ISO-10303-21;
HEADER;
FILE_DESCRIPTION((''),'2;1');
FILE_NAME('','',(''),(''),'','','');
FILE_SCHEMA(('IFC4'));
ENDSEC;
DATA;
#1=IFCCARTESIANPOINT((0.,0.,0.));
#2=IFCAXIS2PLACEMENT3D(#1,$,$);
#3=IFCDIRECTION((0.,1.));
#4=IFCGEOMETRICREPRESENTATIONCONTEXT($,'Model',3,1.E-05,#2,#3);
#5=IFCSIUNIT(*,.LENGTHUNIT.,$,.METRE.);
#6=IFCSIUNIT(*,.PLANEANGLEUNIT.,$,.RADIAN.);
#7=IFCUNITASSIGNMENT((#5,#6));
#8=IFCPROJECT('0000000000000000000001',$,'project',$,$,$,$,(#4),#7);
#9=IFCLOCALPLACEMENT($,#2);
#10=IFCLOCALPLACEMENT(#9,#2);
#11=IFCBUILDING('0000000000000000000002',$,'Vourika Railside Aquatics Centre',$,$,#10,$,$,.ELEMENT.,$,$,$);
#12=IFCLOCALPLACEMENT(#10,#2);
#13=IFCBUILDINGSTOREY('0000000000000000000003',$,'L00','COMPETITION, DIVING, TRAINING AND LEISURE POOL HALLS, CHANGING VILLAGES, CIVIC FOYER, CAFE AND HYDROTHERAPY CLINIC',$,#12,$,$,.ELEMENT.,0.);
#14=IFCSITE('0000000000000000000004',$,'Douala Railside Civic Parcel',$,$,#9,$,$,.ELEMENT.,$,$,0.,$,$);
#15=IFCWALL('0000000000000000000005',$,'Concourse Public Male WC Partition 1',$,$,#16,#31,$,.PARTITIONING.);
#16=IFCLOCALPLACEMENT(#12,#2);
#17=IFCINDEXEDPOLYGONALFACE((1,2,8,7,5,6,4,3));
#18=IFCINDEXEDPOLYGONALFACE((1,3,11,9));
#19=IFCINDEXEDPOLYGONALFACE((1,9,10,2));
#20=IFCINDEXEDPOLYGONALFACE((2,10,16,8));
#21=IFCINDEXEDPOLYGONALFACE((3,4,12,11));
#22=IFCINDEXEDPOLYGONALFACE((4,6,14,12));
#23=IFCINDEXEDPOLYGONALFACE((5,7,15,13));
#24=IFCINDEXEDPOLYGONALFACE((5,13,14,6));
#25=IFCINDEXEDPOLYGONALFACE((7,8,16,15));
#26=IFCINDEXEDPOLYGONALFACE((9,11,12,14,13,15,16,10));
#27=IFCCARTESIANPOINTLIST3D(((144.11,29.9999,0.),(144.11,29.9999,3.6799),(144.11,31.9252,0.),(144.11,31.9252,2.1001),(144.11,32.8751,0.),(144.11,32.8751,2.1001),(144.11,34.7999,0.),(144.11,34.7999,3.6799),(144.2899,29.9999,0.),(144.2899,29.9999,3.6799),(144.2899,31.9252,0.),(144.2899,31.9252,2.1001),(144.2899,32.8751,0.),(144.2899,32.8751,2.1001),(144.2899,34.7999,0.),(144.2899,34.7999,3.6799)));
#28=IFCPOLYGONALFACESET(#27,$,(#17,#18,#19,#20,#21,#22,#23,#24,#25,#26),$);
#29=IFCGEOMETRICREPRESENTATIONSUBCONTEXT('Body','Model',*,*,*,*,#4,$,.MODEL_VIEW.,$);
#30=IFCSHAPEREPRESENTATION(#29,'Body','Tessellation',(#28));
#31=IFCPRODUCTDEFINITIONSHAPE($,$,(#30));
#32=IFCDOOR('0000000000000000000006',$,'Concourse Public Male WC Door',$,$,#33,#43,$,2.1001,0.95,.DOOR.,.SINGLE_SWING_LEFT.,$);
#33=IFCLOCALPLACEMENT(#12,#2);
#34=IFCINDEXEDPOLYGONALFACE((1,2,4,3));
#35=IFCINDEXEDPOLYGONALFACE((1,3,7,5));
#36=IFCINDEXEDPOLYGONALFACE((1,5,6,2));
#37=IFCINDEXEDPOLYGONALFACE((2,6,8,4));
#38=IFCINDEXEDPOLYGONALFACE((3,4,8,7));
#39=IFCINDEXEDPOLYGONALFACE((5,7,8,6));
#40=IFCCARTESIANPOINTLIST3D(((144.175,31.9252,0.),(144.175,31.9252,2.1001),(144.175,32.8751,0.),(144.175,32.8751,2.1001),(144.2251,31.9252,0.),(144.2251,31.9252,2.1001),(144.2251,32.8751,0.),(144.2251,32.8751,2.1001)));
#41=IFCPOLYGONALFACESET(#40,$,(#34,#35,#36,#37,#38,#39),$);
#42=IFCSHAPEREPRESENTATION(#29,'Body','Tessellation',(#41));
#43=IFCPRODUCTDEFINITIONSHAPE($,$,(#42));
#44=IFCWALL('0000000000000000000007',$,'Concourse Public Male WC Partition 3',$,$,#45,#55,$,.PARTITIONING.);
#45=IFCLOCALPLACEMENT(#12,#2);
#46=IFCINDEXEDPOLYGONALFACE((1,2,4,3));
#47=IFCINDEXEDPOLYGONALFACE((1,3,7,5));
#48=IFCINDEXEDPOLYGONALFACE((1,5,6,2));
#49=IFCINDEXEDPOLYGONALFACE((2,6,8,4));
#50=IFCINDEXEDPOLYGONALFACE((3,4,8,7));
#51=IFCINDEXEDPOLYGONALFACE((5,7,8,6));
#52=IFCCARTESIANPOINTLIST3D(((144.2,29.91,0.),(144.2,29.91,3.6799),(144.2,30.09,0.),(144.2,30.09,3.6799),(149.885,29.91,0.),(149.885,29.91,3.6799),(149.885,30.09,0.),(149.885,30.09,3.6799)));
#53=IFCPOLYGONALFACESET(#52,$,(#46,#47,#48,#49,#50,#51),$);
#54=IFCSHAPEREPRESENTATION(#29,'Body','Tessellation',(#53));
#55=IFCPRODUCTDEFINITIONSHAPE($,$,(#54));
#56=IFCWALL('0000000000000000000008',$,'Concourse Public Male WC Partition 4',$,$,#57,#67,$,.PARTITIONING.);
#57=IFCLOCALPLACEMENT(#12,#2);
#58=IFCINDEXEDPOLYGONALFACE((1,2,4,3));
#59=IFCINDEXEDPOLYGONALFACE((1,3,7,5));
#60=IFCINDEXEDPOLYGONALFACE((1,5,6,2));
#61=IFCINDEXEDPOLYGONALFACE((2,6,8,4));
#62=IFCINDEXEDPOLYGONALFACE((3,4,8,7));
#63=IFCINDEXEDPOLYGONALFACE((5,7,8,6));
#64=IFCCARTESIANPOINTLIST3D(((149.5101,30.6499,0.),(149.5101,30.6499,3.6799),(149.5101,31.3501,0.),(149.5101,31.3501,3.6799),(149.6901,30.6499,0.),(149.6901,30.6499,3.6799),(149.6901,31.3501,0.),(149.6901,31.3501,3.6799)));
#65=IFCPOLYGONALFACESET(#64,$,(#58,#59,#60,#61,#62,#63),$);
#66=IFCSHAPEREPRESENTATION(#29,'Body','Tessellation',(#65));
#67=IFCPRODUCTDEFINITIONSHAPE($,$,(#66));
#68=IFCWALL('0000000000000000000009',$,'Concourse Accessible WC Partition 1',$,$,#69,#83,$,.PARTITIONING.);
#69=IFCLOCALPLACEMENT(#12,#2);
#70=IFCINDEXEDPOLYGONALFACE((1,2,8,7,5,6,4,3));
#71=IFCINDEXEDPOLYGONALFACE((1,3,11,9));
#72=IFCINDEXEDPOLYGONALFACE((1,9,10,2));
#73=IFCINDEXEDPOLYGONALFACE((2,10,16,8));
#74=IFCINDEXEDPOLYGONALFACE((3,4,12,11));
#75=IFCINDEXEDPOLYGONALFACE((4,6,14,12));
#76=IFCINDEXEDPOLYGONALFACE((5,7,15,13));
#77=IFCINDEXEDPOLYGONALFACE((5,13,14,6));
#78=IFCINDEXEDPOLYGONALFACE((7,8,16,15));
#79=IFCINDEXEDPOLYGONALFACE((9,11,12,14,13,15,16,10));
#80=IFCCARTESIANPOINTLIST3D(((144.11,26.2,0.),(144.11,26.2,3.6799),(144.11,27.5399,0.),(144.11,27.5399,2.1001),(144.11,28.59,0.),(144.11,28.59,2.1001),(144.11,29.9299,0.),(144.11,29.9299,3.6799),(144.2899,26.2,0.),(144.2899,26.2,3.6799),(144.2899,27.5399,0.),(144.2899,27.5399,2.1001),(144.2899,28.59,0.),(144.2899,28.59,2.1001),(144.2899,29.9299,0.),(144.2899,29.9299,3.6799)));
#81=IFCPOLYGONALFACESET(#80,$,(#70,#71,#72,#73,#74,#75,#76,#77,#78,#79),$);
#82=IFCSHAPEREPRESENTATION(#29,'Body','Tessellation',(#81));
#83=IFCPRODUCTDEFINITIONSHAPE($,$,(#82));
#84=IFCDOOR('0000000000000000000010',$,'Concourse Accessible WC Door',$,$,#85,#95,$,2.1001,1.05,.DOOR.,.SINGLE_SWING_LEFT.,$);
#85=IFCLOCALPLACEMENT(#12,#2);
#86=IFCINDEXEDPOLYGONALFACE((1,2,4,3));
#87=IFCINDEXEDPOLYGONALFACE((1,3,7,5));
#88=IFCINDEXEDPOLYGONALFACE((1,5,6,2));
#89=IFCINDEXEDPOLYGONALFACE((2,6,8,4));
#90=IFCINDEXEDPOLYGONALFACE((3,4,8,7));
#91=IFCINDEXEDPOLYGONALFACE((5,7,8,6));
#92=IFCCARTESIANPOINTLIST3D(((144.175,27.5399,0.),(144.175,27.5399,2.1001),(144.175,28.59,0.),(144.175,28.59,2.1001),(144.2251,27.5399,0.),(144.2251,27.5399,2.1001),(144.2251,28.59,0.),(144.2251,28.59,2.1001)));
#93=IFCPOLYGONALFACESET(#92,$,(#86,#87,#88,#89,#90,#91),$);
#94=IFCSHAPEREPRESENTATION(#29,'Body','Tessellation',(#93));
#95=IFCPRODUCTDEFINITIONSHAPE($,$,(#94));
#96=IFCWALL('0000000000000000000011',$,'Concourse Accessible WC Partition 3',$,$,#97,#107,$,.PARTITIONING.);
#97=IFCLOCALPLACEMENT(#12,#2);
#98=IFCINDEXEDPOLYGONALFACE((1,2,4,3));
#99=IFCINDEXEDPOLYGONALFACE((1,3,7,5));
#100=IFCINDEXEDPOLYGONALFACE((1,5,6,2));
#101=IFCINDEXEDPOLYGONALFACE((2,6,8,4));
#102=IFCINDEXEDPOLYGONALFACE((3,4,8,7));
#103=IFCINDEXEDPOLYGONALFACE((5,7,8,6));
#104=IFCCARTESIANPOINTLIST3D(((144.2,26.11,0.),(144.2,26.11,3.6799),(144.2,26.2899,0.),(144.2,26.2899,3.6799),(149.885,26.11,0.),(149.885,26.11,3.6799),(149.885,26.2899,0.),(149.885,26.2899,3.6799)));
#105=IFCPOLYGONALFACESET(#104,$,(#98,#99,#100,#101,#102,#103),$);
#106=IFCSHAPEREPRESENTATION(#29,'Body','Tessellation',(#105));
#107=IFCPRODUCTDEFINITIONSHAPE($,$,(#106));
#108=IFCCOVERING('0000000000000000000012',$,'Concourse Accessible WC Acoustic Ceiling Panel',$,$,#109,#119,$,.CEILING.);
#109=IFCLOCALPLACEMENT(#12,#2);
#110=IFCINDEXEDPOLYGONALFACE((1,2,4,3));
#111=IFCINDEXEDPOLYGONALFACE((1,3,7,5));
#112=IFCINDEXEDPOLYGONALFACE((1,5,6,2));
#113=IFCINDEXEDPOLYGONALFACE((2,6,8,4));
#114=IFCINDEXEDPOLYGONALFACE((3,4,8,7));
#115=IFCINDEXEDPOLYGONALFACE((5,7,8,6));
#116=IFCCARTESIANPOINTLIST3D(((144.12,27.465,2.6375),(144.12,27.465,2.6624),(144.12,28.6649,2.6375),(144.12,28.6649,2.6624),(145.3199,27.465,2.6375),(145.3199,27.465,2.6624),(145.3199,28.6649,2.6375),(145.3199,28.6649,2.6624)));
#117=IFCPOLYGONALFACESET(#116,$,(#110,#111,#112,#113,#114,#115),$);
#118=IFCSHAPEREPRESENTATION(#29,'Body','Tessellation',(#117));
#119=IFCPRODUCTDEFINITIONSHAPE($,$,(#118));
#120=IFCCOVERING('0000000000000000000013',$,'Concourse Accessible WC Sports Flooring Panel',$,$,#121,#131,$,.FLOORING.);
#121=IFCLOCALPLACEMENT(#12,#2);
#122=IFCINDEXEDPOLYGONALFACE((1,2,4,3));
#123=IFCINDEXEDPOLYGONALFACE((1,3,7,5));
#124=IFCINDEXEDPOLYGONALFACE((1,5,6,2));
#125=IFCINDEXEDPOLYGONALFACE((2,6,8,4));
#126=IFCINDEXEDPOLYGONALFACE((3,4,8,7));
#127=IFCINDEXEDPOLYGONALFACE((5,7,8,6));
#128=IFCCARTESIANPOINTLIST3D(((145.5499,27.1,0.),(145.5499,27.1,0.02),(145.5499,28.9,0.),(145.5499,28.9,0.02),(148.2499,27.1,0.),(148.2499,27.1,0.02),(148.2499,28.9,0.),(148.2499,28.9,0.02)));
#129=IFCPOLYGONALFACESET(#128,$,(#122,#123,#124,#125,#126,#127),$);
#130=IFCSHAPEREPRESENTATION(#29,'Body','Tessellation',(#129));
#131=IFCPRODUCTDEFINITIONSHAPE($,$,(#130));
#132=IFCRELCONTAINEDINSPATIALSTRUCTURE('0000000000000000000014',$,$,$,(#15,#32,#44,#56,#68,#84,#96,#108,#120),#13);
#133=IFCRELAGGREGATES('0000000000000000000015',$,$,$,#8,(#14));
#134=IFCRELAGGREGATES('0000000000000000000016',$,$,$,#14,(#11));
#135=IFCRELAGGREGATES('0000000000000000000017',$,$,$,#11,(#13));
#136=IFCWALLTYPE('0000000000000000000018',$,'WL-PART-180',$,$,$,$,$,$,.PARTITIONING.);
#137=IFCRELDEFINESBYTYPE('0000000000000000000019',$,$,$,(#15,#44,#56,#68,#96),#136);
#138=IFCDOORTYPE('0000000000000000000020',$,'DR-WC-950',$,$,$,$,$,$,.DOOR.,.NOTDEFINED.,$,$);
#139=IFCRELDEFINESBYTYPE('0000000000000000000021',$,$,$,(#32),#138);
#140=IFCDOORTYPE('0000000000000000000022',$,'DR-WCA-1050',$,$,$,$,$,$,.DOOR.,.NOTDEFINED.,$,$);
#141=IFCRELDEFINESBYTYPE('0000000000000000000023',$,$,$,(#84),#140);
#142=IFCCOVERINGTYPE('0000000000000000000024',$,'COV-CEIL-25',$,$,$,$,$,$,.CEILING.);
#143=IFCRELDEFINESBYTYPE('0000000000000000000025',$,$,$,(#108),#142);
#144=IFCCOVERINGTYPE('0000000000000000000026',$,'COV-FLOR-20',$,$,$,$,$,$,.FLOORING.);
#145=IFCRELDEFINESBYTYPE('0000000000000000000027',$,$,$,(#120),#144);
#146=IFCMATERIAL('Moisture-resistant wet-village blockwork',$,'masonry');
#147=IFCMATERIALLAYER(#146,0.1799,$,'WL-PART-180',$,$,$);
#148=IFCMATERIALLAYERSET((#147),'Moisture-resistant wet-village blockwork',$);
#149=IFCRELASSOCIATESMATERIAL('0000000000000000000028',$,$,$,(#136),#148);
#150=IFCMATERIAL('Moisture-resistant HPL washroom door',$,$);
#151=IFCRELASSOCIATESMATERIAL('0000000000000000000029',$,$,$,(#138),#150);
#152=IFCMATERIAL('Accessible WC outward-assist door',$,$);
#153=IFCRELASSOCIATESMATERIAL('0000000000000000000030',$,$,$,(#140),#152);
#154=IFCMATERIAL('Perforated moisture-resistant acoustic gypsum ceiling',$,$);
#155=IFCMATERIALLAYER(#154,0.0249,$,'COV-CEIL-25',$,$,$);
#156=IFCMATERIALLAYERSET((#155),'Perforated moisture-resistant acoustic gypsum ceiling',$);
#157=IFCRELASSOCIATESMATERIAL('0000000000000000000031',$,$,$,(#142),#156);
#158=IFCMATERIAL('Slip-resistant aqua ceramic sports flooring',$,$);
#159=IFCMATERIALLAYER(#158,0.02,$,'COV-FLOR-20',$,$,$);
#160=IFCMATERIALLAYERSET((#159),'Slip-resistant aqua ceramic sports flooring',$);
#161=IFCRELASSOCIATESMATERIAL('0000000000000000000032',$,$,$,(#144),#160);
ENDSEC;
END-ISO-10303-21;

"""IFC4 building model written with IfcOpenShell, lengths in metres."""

from ifc_helpers import new_model, si_unit, direction, frame, frame_2d, origin, origin_2d, place, context, subcontext, project, spatial, rectangle, extrude, material, layer, layer_set, type_object, element, fill, save


model = new_model("IFC4")

# Units and contexts
model_context = context("Model", 3, precision=1e-05, world=origin(), true_north=direction((0.0, 1.0)))
body_context = subcontext(model_context, "Body", "Model", "MODEL_VIEW")
ifc_project = project(units=[si_unit("LENGTHUNIT", "METRE"), si_unit("PLANEANGLEUNIT", "RADIAN")], contexts=[model_context])

# Site, building, storey
site_placement = place(None, origin())
site = spatial("IfcSite", under=ifc_project, at=site_placement, Name="Douala Railside Civic Parcel", CompositionType="ELEMENT", RefElevation=0.0)
building_placement = place(site_placement, origin())
building = spatial("IfcBuilding", under=site, at=building_placement, Name="Vourika Railside Aquatics Centre", CompositionType="ELEMENT")
storey_placement = place(building_placement, origin())
storey = spatial("IfcBuildingStorey", under=building, at=storey_placement, Name="L00", Description="COMPETITION, DIVING, TRAINING AND LEISURE POOL HALLS, CHANGING VILLAGES, CIVIC FOYER, CAFE AND HYDROTHERAPY CLINIC", CompositionType="ELEMENT", Elevation=0.0)

# Wall, opening, door
ifc_material_1 = material(Name="Moisture-resistant wet-village blockwork", Category="masonry")
ifc_layer_1 = layer(ifc_material_1, 0.1799, Name="WL-PART-180")
ifc_layer_set_1 = layer_set([ifc_layer_1], Name="Moisture-resistant wet-village blockwork")
wall_type_1 = type_object("IfcWallType", Name="WL-PART-180", PredefinedType="PARTITIONING", material=ifc_layer_set_1)
wall_1_placement = place(storey_placement, frame((144.2, 30.0, 0.0), z_axis=(0.0, 0.0, 1.0), x_axis=(0.0, 1.0, 0.0)))
wall_1 = element("IfcWall", 1, at=wall_1_placement, inside=storey, type_object=wall_type_1, Name="Concourse Public Male WC Partition 1", PredefinedType="PARTITIONING", context=body_context, shape_type="SweptSolid", body=[
    extrude(rectangle(XDim=4.8, YDim=0.1799, at=frame_2d((2.3999, 0.0))), origin(), (0.0, 0.0, 1.0), 3.6799),
])
opening_1_placement = place(wall_1_placement, frame((1.925, 0.0, 0.0)))
opening_1 = element("IfcOpeningElement", 2, at=opening_1_placement, cuts=wall_1, PredefinedType="OPENING", context=body_context, shape_type="SweptSolid", body=[
    extrude(rectangle(XDim=0.95, YDim=2.1001, at=frame_2d((0.4751, 1.05))), frame((0.0, 0.1001, 0.0), z_axis=(0.0, -1.0, 0.0), x_axis=(1.0, 0.0, 0.0)), (0.0, 0.0, 1.0), 0.2),
])
ifc_material_2 = material(Name="Moisture-resistant HPL washroom door")
door_type_1 = type_object("IfcDoorType", Name="DR-WC-950", OperationType="NOTDEFINED", PredefinedType="DOOR", material=ifc_material_2)
door_1_placement = place(opening_1_placement, origin())
door_1 = element("IfcDoor", 3, at=door_1_placement, inside=storey, type_object=door_type_1, Name="Concourse Public Male WC Door", OperationType="SINGLE_SWING_LEFT", OverallHeight=2.1001, OverallWidth=0.95, PredefinedType="DOOR", context=body_context, shape_type="SweptSolid", body=[
    extrude(rectangle(XDim=0.95, YDim=2.1001, at=frame_2d((0.4751, 1.05))), frame((0.0, 0.0249, 0.0), z_axis=(0.0, -1.0, 0.0), x_axis=(1.0, 0.0, 0.0)), (0.0, 0.0, 1.0), 0.05),
])
fill(opening_1, door_1)

# Walls
wall_2_placement = place(storey_placement, frame((149.885, 30.0, 0.0), z_axis=(0.0, 0.0, 1.0), x_axis=(-1.0, 0.0, 0.0)))
element("IfcWall", 4, at=wall_2_placement, inside=storey, type_object=wall_type_1, Name="Concourse Public Male WC Partition 3", PredefinedType="PARTITIONING", context=body_context, shape_type="SweptSolid", body=[
    extrude(rectangle(XDim=5.6851, YDim=0.1799, at=frame_2d((2.8425, 0.0))), origin(), (0.0, 0.0, 1.0), 3.6799),
])
wall_3_placement = place(storey_placement, frame((149.6001, 31.3501, 0.0), z_axis=(0.0, 0.0, 1.0), x_axis=(0.0, -1.0, 0.0)))
element("IfcWall", 5, at=wall_3_placement, inside=storey, type_object=wall_type_1, Name="Concourse Public Male WC Partition 4", PredefinedType="PARTITIONING", context=body_context, shape_type="SweptSolid", body=[
    extrude(rectangle(XDim=0.7002, YDim=0.1799, at=frame_2d((0.3501, 0.0))), origin(), (0.0, 0.0, 1.0), 3.6799),
])

# Wall, opening, door
wall_4_placement = place(storey_placement, frame((144.2, 26.2, 0.0), z_axis=(0.0, 0.0, 1.0), x_axis=(0.0, 1.0, 0.0)))
wall_4 = element("IfcWall", 6, at=wall_4_placement, inside=storey, type_object=wall_type_1, Name="Concourse Accessible WC Partition 1", PredefinedType="PARTITIONING", context=body_context, shape_type="SweptSolid", body=[
    extrude(rectangle(XDim=3.73, YDim=0.1799, at=frame_2d((1.865, 0.0))), origin(), (0.0, 0.0, 1.0), 3.6799),
])
opening_2_placement = place(wall_4_placement, frame((1.3401, 0.0, 0.0)))
opening_2 = element("IfcOpeningElement", 7, at=opening_2_placement, cuts=wall_4, PredefinedType="OPENING", context=body_context, shape_type="SweptSolid", body=[
    extrude(rectangle(XDim=1.05, YDim=2.1001, at=frame_2d((0.5249, 1.05))), frame((0.0, 0.1001, 0.0), z_axis=(0.0, -1.0, 0.0), x_axis=(1.0, 0.0, 0.0)), (0.0, 0.0, 1.0), 0.2),
])
ifc_material_3 = material(Name="Accessible WC outward-assist door")
door_type_2 = type_object("IfcDoorType", Name="DR-WCA-1050", OperationType="NOTDEFINED", PredefinedType="DOOR", material=ifc_material_3)
door_2_placement = place(opening_2_placement, origin())
door_2 = element("IfcDoor", 8, at=door_2_placement, inside=storey, type_object=door_type_2, Name="Concourse Accessible WC Door", OperationType="SINGLE_SWING_LEFT", OverallHeight=2.1001, OverallWidth=1.05, PredefinedType="DOOR", context=body_context, shape_type="SweptSolid", body=[
    extrude(rectangle(XDim=1.05, YDim=2.1001, at=frame_2d((0.5249, 1.05))), frame((0.0, 0.0249, 0.0), z_axis=(0.0, -1.0, 0.0), x_axis=(1.0, 0.0, 0.0)), (0.0, 0.0, 1.0), 0.05),
])
fill(opening_2, door_2)

# Wall
wall_5_placement = place(storey_placement, frame((149.885, 26.2, 0.0), z_axis=(0.0, 0.0, 1.0), x_axis=(-1.0, 0.0, 0.0)))
element("IfcWall", 9, at=wall_5_placement, inside=storey, type_object=wall_type_1, Name="Concourse Accessible WC Partition 3", PredefinedType="PARTITIONING", context=body_context, shape_type="SweptSolid", body=[
    extrude(rectangle(XDim=5.6851, YDim=0.1799, at=frame_2d((2.8425, 0.0))), origin(), (0.0, 0.0, 1.0), 3.6799),
])

# Coverings
ifc_material_4 = material(Name="Perforated moisture-resistant acoustic gypsum ceiling")
ifc_layer_2 = layer(ifc_material_4, 0.0249, Name="COV-CEIL-25")
ifc_layer_set_2 = layer_set([ifc_layer_2], Name="Perforated moisture-resistant acoustic gypsum ceiling")
covering_type_1 = type_object("IfcCoveringType", Name="COV-CEIL-25", PredefinedType="CEILING", material=ifc_layer_set_2)
covering_1_placement = place(storey_placement, frame((144.72, 28.0649, 2.6375), z_axis=(0.0, 0.0, 1.0), x_axis=(1.0, 0.0, 0.0)))
element("IfcCovering", 10, at=covering_1_placement, inside=storey, type_object=covering_type_1, Name="Concourse Accessible WC Acoustic Ceiling Panel", PredefinedType="CEILING", context=body_context, shape_type="SweptSolid", body=[
    extrude(rectangle(XDim=1.2, YDim=1.2, at=origin_2d()), origin(), (0.0, 0.0, 1.0), 0.0249),
])
ifc_material_5 = material(Name="Slip-resistant aqua ceramic sports flooring")
ifc_layer_3 = layer(ifc_material_5, 0.02, Name="COV-FLOR-20")
ifc_layer_set_3 = layer_set([ifc_layer_3], Name="Slip-resistant aqua ceramic sports flooring")
covering_type_2 = type_object("IfcCoveringType", Name="COV-FLOR-20", PredefinedType="FLOORING", material=ifc_layer_set_3)
covering_2_placement = place(storey_placement, frame((146.8999, 28.0, 0.0), z_axis=(0.0, 0.0, 1.0), x_axis=(1.0, 0.0, 0.0)))
element("IfcCovering", 11, at=covering_2_placement, inside=storey, type_object=covering_type_2, Name="Concourse Accessible WC Sports Flooring Panel", PredefinedType="FLOORING", context=body_context, shape_type="SweptSolid", body=[
    extrude(rectangle(XDim=2.7, YDim=1.8, at=origin_2d()), origin(), (0.0, 0.0, 1.0), 0.02),
])

save(model, "model.ifc")
